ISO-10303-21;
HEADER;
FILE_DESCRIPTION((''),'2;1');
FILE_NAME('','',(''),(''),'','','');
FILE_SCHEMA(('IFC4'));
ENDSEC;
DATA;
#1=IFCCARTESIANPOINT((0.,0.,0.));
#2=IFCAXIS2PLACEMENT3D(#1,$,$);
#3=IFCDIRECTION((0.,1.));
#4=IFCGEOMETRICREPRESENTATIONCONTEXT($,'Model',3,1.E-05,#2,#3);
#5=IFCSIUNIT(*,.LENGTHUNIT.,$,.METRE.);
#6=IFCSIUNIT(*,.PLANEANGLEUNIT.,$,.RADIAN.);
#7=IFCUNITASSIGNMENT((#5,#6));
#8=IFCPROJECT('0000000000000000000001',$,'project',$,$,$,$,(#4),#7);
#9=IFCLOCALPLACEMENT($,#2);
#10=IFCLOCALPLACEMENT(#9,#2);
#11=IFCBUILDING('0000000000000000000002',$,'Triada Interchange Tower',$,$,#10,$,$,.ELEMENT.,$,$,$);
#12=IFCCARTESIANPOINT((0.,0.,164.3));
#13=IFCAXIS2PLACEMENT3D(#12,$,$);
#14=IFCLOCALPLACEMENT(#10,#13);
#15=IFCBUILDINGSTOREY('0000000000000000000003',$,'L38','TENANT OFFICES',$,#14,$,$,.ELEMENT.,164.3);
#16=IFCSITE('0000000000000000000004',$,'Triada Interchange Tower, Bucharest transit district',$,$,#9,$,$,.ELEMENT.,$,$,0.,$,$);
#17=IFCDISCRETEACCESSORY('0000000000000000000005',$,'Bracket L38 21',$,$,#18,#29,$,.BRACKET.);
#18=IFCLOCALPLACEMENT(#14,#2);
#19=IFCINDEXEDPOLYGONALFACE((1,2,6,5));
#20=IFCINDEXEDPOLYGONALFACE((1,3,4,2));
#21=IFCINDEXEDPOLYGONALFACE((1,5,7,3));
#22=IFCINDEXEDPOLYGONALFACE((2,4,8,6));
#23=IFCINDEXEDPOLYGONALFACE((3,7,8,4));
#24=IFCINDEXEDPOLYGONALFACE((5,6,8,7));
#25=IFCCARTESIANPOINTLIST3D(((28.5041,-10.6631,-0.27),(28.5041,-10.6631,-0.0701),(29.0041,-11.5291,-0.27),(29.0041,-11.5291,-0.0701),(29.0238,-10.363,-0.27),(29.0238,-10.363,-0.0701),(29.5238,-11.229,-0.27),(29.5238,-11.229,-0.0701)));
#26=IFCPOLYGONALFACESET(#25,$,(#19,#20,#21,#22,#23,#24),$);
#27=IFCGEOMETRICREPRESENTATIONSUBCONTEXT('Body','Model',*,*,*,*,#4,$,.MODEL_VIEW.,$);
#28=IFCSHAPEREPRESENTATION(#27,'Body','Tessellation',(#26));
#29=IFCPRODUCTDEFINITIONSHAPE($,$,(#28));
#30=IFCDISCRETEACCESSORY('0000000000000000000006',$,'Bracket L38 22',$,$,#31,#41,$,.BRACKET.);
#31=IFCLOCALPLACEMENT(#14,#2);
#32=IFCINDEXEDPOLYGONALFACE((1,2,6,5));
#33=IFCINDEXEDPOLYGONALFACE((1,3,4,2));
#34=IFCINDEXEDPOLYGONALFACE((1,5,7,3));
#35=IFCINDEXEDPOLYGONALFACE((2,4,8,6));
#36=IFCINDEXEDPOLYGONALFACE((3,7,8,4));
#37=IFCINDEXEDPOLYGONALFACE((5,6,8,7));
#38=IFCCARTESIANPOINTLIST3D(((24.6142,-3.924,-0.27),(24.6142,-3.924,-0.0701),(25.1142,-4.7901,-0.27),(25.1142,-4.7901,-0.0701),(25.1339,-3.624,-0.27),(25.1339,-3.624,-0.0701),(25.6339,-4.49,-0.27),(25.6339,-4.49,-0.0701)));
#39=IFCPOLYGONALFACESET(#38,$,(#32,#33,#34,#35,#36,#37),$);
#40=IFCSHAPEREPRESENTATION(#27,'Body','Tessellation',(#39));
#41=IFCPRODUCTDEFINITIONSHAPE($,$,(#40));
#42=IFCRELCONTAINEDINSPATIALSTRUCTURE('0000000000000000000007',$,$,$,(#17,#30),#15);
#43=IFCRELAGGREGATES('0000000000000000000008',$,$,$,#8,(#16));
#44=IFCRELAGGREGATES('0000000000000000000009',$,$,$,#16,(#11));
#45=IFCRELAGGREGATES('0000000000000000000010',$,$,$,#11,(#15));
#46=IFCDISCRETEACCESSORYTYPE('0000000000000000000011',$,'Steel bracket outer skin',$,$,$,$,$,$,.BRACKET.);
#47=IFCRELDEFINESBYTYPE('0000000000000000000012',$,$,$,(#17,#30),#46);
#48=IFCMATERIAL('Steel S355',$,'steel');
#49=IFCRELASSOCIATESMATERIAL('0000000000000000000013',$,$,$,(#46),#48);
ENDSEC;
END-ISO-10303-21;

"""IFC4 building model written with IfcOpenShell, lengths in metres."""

from ifc_helpers import new_model, si_unit, direction, frame, origin, origin_2d, place, context, subcontext, project, spatial, rectangle, extrude, material, type_object, element, save


model = new_model("IFC4")

# Units and contexts
model_context = context("Model", 3, precision=1e-05, world=origin(), true_north=direction((0.0, 1.0)))
body_context = subcontext(model_context, "Body", "Model", "MODEL_VIEW")
ifc_project = project(units=[si_unit("LENGTHUNIT", "METRE"), si_unit("PLANEANGLEUNIT", "RADIAN")], contexts=[model_context])

# Site, building, storey
site_placement = place(None, origin())
site = spatial("IfcSite", under=ifc_project, at=site_placement, Name="Triada Interchange Tower, Bucharest transit district", CompositionType="ELEMENT", RefElevation=0.0)
building_placement = place(site_placement, origin())
building = spatial("IfcBuilding", under=site, at=building_placement, Name="Triada Interchange Tower", CompositionType="ELEMENT")
storey_placement = place(building_placement, frame((0.0, 0.0, 164.3)))
storey = spatial("IfcBuildingStorey", under=building, at=storey_placement, Name="L38", Description="TENANT OFFICES", CompositionType="ELEMENT", Elevation=164.3)

# Discrete accessories
ifc_material_1 = material(Name="Steel S355", Category="steel")
discrete_accessory_type = type_object("IfcDiscreteAccessoryType", Name="Steel bracket outer skin", PredefinedType="BRACKET", material=ifc_material_1)
for number, where, z_axis, x_axis, name in (
    (1, (29.0139, -10.946, -0.27), (0.0, 0.0, 1.0), (0.866023, 0.500005, 0.0), "Bracket L38 21"),
    (2, (25.124, -4.207, -0.27), (0.0, 0.0, 1.0), (0.866023, 0.500005, 0.0), "Bracket L38 22"),
):
    element("IfcDiscreteAccessory", number, at=place(storey_placement, frame(where, z_axis=z_axis, x_axis=x_axis)), inside=storey, type_object=discrete_accessory_type, Name=name, PredefinedType="BRACKET", context=body_context, shape_type="SweptSolid", body=[
        extrude(rectangle(XDim=0.6001, YDim=1.0, at=origin_2d()), origin(), (0.0, 0.0, 1.0), 0.2),
    ])

save(model, "model.ifc")
